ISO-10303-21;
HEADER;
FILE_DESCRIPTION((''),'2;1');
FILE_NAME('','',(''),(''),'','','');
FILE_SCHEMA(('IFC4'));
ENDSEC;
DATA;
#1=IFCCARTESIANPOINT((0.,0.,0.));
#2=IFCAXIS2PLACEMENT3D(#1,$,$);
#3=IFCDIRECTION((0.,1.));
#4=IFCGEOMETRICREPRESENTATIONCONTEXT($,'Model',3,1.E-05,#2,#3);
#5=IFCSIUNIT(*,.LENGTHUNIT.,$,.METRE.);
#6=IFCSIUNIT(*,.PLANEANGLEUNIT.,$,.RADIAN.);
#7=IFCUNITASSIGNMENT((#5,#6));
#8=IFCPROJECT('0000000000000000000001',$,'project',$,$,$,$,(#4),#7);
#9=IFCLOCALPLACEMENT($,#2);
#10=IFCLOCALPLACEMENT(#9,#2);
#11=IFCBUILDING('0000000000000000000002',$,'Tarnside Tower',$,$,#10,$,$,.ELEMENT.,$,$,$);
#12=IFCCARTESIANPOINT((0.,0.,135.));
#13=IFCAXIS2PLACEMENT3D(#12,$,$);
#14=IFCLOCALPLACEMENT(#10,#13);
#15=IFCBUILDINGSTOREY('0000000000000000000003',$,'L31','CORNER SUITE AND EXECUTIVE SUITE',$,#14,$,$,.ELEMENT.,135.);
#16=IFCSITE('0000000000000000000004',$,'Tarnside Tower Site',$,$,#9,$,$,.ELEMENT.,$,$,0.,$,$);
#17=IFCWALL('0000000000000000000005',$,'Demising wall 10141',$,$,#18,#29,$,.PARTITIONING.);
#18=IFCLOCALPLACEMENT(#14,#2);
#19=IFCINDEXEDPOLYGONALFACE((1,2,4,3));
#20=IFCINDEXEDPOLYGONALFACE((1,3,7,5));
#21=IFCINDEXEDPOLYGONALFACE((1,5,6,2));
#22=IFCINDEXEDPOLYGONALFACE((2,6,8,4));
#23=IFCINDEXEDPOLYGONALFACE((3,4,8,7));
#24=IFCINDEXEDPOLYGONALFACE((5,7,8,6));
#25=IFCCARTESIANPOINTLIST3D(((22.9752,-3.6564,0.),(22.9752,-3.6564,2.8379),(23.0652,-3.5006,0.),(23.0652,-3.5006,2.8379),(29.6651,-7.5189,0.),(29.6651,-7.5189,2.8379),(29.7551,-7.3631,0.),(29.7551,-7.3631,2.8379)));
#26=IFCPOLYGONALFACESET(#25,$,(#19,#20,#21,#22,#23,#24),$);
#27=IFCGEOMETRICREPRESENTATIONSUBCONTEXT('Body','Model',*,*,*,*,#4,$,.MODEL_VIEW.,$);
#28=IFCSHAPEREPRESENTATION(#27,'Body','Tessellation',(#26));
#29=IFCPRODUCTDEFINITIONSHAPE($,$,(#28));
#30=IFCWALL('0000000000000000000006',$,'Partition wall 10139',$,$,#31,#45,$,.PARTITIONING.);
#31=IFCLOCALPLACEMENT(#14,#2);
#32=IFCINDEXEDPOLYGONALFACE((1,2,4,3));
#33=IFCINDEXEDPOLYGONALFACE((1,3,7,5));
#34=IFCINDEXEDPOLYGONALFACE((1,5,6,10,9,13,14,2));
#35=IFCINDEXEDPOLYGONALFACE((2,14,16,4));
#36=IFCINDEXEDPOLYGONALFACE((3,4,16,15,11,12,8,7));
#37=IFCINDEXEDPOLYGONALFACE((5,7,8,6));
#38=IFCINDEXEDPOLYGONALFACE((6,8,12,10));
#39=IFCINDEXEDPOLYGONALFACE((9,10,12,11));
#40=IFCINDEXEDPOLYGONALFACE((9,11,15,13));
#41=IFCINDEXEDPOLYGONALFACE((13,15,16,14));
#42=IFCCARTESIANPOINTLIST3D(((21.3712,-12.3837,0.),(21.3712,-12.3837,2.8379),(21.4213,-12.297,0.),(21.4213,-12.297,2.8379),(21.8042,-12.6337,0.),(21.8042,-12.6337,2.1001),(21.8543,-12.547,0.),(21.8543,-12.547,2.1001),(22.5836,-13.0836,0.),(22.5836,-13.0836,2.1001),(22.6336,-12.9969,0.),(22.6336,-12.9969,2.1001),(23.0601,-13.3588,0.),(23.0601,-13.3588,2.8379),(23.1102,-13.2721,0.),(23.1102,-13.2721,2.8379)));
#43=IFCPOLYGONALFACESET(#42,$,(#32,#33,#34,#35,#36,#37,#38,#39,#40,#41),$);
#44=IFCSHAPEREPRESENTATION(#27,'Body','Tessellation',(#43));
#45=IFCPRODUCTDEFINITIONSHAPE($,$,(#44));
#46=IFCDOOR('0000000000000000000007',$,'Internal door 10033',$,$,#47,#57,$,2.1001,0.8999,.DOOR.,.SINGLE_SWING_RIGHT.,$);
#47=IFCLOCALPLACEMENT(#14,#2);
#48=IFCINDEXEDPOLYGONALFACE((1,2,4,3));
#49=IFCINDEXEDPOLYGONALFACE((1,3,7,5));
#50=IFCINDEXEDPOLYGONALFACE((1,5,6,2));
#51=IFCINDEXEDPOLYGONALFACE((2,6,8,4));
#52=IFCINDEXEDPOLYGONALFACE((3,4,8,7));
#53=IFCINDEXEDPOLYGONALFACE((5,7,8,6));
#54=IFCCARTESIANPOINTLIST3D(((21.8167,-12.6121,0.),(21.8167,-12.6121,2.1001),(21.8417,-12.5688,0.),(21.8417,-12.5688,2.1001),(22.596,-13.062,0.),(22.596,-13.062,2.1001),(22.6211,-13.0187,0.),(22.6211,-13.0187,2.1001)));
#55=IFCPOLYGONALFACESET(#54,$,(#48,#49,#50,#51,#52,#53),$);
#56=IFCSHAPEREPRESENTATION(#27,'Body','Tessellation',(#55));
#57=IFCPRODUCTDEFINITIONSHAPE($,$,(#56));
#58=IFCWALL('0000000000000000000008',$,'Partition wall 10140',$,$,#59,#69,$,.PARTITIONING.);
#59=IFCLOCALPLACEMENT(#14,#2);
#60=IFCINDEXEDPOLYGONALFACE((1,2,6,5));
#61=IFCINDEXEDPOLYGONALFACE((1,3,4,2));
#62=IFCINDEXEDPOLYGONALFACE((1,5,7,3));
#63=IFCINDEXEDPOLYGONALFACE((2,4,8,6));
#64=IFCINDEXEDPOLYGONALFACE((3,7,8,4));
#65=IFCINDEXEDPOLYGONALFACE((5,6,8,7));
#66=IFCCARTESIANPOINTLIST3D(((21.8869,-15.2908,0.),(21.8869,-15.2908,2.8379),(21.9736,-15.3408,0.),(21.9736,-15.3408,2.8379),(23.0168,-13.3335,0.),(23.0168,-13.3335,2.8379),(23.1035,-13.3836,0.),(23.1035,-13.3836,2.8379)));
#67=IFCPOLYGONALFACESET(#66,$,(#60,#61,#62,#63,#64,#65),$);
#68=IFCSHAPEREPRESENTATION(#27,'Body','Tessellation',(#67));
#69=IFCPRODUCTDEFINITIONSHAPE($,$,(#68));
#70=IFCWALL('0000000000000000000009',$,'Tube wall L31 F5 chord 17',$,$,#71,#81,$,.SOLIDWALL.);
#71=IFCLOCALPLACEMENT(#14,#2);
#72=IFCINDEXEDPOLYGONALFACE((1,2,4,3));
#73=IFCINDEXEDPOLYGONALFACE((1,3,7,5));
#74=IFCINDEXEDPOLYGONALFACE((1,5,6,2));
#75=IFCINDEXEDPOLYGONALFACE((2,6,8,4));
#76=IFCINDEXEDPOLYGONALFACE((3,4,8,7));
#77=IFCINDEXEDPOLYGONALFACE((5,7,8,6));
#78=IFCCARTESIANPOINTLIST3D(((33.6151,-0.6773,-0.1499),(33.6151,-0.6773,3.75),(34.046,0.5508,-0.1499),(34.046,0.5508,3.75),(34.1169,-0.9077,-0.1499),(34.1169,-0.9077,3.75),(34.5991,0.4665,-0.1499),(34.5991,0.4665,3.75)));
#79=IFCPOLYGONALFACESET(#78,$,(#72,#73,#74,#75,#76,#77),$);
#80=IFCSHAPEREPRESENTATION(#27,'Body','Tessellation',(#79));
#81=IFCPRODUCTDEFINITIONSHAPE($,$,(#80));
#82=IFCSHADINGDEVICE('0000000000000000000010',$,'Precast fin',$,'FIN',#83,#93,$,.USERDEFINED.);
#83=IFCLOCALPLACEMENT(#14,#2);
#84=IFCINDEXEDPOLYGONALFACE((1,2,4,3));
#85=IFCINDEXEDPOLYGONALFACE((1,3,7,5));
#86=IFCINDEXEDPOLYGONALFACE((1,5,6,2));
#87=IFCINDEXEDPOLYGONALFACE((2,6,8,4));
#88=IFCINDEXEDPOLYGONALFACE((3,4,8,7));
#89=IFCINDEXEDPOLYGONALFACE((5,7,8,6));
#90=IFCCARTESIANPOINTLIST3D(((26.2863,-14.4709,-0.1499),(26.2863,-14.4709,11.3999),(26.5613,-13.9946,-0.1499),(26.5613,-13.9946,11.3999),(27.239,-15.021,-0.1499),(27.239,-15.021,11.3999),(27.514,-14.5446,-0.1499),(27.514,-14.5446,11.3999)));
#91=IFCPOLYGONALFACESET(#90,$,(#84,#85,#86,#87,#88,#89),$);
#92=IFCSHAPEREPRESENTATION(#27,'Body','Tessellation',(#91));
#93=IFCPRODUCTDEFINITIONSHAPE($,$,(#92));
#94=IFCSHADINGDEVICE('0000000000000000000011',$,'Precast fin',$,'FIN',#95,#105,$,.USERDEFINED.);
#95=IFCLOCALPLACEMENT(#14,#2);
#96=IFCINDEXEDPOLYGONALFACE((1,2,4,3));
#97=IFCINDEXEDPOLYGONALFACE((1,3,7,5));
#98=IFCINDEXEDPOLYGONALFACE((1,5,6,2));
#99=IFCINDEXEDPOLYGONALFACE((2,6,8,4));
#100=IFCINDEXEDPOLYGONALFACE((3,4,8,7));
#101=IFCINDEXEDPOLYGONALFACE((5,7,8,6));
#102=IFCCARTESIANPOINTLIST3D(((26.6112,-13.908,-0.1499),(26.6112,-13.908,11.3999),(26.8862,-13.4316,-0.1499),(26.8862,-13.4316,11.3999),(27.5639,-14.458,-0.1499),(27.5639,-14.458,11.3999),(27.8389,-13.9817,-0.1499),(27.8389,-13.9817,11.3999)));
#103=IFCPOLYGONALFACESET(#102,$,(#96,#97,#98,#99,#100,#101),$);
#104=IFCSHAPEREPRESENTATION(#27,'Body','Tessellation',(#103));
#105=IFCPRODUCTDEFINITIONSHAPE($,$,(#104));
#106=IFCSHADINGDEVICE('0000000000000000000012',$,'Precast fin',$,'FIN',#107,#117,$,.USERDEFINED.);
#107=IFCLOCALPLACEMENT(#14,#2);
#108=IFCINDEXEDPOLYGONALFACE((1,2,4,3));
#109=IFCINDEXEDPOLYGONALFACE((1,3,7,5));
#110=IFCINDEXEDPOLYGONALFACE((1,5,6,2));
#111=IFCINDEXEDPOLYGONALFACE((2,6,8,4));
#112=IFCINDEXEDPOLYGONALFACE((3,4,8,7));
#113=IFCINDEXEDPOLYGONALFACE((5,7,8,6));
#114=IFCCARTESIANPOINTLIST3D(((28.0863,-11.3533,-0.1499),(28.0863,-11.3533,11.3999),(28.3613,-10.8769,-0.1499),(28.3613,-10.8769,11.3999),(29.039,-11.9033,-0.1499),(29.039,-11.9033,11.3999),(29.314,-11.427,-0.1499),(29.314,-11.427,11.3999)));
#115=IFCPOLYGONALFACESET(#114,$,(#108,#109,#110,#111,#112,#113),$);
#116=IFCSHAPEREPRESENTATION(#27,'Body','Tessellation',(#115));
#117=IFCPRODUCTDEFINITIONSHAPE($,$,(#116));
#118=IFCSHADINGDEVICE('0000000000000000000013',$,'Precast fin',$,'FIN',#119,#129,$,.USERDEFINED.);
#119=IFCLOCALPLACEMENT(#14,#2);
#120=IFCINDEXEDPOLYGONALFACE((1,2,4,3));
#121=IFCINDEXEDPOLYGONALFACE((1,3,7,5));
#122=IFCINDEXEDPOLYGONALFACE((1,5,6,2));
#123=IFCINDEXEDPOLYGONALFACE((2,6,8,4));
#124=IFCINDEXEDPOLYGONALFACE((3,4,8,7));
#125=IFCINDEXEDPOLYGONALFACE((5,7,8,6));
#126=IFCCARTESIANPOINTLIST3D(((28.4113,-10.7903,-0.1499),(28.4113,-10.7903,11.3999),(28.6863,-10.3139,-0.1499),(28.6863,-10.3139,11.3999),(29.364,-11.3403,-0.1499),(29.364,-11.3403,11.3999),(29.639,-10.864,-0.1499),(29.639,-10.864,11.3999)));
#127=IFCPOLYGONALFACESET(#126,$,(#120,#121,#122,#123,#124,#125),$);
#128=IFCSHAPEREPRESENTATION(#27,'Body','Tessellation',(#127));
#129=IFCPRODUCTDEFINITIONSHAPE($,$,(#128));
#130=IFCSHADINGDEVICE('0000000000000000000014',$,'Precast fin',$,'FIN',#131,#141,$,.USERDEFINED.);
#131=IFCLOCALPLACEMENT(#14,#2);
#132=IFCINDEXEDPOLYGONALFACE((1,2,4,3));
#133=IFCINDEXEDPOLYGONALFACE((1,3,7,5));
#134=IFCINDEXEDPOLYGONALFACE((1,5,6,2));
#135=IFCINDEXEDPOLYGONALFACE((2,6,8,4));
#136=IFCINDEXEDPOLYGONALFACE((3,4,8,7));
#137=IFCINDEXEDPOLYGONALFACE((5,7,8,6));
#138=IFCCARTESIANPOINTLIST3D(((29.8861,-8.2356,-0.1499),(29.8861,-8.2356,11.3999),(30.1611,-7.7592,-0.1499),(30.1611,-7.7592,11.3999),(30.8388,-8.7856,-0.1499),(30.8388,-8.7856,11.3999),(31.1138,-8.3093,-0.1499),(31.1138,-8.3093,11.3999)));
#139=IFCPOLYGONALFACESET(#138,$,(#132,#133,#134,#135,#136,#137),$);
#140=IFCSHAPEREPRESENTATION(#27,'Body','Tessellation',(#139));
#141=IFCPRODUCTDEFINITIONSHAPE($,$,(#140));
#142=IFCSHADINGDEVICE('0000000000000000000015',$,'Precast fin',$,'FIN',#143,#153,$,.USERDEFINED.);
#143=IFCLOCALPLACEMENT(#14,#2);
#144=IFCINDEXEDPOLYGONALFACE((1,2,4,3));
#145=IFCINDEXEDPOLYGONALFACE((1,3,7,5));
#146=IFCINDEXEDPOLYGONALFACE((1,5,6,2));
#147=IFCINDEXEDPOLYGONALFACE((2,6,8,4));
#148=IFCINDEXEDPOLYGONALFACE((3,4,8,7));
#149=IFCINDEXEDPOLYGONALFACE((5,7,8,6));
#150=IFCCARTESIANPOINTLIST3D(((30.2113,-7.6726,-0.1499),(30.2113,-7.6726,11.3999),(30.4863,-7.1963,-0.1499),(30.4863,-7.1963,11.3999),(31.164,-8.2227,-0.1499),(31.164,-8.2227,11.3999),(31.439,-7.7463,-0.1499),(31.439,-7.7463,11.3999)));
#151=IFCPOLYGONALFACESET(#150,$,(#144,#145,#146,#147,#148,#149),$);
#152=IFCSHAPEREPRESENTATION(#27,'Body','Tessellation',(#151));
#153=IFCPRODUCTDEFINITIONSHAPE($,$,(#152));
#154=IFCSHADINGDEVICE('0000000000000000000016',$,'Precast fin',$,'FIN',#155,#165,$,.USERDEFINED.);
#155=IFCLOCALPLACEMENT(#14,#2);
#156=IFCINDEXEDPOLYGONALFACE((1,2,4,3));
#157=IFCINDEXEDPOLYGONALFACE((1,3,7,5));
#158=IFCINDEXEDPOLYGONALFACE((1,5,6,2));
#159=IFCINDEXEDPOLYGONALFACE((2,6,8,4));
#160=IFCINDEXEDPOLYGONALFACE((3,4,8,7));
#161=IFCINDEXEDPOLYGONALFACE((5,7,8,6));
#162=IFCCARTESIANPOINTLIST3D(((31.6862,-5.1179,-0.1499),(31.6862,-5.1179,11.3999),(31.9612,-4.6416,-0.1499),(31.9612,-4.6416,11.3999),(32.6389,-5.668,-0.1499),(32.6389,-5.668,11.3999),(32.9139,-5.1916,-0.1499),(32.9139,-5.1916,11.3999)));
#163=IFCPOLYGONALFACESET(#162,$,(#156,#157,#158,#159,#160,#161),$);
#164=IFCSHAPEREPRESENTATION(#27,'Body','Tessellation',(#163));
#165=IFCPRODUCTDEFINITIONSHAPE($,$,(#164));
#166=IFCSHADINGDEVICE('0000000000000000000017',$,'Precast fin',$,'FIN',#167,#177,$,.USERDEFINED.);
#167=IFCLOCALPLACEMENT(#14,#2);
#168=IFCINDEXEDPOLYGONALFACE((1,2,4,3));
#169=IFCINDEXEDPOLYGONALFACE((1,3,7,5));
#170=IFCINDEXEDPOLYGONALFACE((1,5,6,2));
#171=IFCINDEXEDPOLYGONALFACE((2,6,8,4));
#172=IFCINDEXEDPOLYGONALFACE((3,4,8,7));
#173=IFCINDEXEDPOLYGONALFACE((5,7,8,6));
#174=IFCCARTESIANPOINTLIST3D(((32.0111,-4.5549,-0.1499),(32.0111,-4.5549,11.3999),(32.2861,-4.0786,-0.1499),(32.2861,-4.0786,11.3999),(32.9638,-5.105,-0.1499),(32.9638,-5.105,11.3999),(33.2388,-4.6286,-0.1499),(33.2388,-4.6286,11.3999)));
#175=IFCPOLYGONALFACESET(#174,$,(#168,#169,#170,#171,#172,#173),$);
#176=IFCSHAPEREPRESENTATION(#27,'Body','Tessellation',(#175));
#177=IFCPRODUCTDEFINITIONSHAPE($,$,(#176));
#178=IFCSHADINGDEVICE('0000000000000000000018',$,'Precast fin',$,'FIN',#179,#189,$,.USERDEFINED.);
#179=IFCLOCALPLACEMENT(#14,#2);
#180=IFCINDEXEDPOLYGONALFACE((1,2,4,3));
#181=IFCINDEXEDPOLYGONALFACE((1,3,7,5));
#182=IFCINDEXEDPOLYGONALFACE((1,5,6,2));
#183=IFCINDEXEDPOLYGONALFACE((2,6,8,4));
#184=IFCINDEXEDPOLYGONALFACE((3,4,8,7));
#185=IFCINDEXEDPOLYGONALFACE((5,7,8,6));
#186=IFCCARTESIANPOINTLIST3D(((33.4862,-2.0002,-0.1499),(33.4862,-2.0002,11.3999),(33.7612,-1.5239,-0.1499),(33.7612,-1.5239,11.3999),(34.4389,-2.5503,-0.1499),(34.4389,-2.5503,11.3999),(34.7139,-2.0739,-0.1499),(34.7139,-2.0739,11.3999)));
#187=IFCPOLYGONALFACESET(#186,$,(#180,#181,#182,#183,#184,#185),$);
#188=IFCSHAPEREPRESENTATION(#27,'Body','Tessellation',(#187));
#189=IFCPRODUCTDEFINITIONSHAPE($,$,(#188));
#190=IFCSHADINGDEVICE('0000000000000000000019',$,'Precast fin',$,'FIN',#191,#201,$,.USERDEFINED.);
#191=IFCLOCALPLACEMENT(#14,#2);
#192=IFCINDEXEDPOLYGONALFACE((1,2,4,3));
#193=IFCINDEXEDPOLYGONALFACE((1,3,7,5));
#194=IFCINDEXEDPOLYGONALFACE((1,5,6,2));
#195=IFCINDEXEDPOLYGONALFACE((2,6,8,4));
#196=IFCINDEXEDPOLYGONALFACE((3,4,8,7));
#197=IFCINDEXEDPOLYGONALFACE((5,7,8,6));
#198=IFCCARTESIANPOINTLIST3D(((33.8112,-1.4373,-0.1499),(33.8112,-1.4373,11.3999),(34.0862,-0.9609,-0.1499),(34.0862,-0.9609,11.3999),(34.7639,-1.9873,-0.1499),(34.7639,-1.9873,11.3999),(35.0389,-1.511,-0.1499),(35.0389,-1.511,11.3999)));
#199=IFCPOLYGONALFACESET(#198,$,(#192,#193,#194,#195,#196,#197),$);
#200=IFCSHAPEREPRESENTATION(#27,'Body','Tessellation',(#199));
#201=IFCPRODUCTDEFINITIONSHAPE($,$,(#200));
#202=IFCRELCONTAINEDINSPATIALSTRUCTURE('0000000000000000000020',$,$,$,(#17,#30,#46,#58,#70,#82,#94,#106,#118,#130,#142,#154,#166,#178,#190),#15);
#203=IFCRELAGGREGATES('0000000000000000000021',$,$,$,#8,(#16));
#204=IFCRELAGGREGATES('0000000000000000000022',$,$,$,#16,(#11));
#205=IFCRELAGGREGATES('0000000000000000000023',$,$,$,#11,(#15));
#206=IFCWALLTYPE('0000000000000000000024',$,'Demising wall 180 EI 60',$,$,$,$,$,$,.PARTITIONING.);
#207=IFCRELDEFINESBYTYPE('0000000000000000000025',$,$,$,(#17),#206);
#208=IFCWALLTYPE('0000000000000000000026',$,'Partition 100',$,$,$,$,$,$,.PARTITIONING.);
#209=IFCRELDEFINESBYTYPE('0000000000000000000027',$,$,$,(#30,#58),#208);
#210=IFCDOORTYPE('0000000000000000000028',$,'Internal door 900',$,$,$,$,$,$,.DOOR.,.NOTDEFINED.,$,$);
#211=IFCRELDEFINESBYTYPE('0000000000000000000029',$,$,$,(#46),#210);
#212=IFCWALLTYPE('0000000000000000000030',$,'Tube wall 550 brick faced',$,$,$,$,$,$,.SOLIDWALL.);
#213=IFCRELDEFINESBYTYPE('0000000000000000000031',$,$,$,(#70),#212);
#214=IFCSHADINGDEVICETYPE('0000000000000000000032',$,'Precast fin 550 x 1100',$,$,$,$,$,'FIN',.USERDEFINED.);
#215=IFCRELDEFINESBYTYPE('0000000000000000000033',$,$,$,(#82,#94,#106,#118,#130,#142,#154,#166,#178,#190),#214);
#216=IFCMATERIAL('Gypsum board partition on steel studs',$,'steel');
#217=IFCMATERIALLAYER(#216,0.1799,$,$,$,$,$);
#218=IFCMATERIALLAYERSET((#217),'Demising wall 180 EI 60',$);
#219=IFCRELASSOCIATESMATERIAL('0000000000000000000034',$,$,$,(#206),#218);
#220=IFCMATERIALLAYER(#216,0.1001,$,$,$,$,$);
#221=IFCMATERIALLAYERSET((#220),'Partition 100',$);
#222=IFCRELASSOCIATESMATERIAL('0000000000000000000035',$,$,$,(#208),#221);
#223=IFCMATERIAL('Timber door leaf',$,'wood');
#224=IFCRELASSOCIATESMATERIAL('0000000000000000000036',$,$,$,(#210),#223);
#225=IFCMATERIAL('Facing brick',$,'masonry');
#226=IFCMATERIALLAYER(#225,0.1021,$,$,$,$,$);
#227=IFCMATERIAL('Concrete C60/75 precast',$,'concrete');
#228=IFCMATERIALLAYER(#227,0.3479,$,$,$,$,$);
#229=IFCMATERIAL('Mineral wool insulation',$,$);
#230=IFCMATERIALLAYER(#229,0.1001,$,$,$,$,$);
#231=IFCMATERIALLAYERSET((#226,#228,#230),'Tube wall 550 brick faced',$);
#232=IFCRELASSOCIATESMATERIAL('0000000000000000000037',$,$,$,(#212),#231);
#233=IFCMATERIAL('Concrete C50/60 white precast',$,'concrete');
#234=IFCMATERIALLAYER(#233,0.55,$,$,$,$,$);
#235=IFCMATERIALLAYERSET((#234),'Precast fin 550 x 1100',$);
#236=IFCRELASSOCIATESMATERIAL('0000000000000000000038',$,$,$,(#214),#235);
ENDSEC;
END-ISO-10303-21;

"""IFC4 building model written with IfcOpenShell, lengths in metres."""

from ifc_helpers import new_model, si_unit, direction, frame, frame_2d, origin, place, context, subcontext, project, spatial, polyline, rectangle, outline, extrude, material, layer, layer_set, type_object, element, fill, save


model = new_model("IFC4")

# Units and contexts
model_context = context("Model", 3, precision=1e-05, world=origin(), true_north=direction((0.0, 1.0)))
body_context = subcontext(model_context, "Body", "Model", "MODEL_VIEW")
ifc_project = project(units=[si_unit("LENGTHUNIT", "METRE"), si_unit("PLANEANGLEUNIT", "RADIAN")], contexts=[model_context])

# Site, building, storey
site_placement = place(None, origin())
site = spatial("IfcSite", under=ifc_project, at=site_placement, Name="Tarnside Tower Site", CompositionType="ELEMENT", RefElevation=0.0)
building_placement = place(site_placement, origin())
building = spatial("IfcBuilding", under=site, at=building_placement, Name="Tarnside Tower", CompositionType="ELEMENT")
storey_placement = place(building_placement, frame((0.0, 0.0, 135.0)))
storey = spatial("IfcBuildingStorey", under=building, at=storey_placement, Name="L31", Description="CORNER SUITE AND EXECUTIVE SUITE", CompositionType="ELEMENT", Elevation=135.0)

# Shared definitions
ifc_material_1 = material(Name="Gypsum board partition on steel studs", Category="steel")
ifc_material_2 = material(Name="Timber door leaf", Category="wood")

# Wall
ifc_layer_1 = layer(ifc_material_1, 0.1799)
ifc_layer_set_1 = layer_set([ifc_layer_1], Name="Demising wall 180 EI 60")
wall_type_1 = type_object("IfcWallType", Name="Demising wall 180 EI 60", PredefinedType="PARTITIONING", material=ifc_layer_set_1)
wall_1_placement = place(storey_placement, frame((29.71, -7.4409, 0.0), z_axis=(0.0, 0.0, 1.0), x_axis=(-0.866019, 0.500011, 0.0)))
element("IfcWall", 1, at=wall_1_placement, inside=storey, type_object=wall_type_1, Name="Demising wall 10141", PredefinedType="PARTITIONING", context=body_context, shape_type="SweptSolid", body=[
    extrude(rectangle(XDim=7.7249, YDim=0.1799, at=frame_2d((3.8623, 0.0))), origin(), (0.0, 0.0, 1.0), 2.8379),
])

# Wall, opening, door
ifc_layer_2 = layer(ifc_material_1, 0.1001)
ifc_layer_set_2 = layer_set([ifc_layer_2], Name="Partition 100")
wall_type_2 = type_object("IfcWallType", Name="Partition 100", PredefinedType="PARTITIONING", material=ifc_layer_set_2)
wall_2_placement = place(storey_placement, frame((21.3962, -12.3403, 0.0), z_axis=(0.0, 0.0, 1.0), x_axis=(0.866031, -0.49999, 0.0)))
wall_2 = element("IfcWall", 2, at=wall_2_placement, inside=storey, type_object=wall_type_2, Name="Partition wall 10139", PredefinedType="PARTITIONING", context=body_context, shape_type="SweptSolid", body=[
    extrude(rectangle(XDim=1.9502, YDim=0.1001, at=frame_2d((0.9751, 0.0))), origin(), (0.0, 0.0, 1.0), 2.8379),
])
opening_1_placement = place(wall_2_placement, frame((0.5, 0.0, 0.0)))
opening_1 = element("IfcOpeningElement", 3, at=opening_1_placement, cuts=wall_2, PredefinedType="OPENING", context=body_context, shape_type="SweptSolid", body=[
    extrude(rectangle(XDim=0.8999, YDim=2.1001, at=frame_2d((0.45, 1.05))), frame((0.0, 0.0601, 0.0), z_axis=(0.0, -1.0, 0.0), x_axis=(1.0, 0.0, 0.0)), (0.0, 0.0, 1.0), 0.1201),
])
door_type_1 = type_object("IfcDoorType", Name="Internal door 900", OperationType="NOTDEFINED", PredefinedType="DOOR", material=ifc_material_2)
door_1_placement = place(opening_1_placement, origin())
door_1 = element("IfcDoor", 4, at=door_1_placement, inside=storey, type_object=door_type_1, Name="Internal door 10033", OperationType="SINGLE_SWING_RIGHT", OverallHeight=2.1001, OverallWidth=0.8999, PredefinedType="DOOR", context=body_context, shape_type="SweptSolid", body=[
    extrude(rectangle(XDim=0.8999, YDim=2.1001, at=frame_2d((0.45, 1.05))), frame((0.0, 0.0249, 0.0), z_axis=(0.0, -1.0, 0.0), x_axis=(1.0, 0.0, 0.0)), (0.0, 0.0, 1.0), 0.05),
])
fill(opening_1, door_1)

# Walls
wall_3_placement = place(storey_placement, frame((23.0601, -13.3586, 0.0), z_axis=(0.0, 0.0, 1.0), x_axis=(-0.49995, -0.866054, 0.0)))
element("IfcWall", 5, at=wall_3_placement, inside=storey, type_object=wall_type_2, Name="Partition wall 10140", PredefinedType="PARTITIONING", context=body_context, shape_type="SweptSolid", body=[
    extrude(rectangle(XDim=2.26, YDim=0.1001, at=frame_2d((1.1299, 0.0))), origin(), (0.0, 0.0, 1.0), 2.8379),
])
ifc_material_3 = material(Name="Facing brick", Category="masonry")
ifc_layer_3 = layer(ifc_material_3, 0.1021)
ifc_material_4 = material(Name="Concrete C60/75 precast", Category="concrete")
ifc_layer_4 = layer(ifc_material_4, 0.3479)
ifc_material_5 = material(Name="Mineral wool insulation")
ifc_layer_5 = layer(ifc_material_5, 0.1001)
ifc_layer_set_3 = layer_set([ifc_layer_3, ifc_layer_4, ifc_layer_5], Name="Tube wall 550 brick faced")
wall_type_3 = type_object("IfcWallType", Name="Tube wall 550 brick faced", PredefinedType="SOLIDWALL", material=ifc_layer_set_3)
wall_4_placement = place(storey_placement, frame((33.866, -0.7925, -0.1499), z_axis=(0.0, 0.0, 1.0), x_axis=(0.331115, 0.94359, 0.0)))
element("IfcWall", 6, at=wall_4_placement, inside=storey, type_object=wall_type_3, Name="Tube wall L31 F5 chord 17", PredefinedType="SOLIDWALL", context=body_context, shape_type="SweptSolid", body=[
    extrude(outline(polyline([(-0.0256, -0.2749), (1.4307, -0.2749), (1.3271, 0.2749), (0.0256, 0.2749), (-0.0256, -0.2749)])), origin(), (0.0, 0.0, 1.0), 3.8999),
])

# Shading devices
ifc_material_6 = material(Name="Concrete C50/60 white precast", Category="concrete")
ifc_layer_6 = layer(ifc_material_6, 0.55)
ifc_layer_set_4 = layer_set([ifc_layer_6], Name="Precast fin 550 x 1100")
shading_device_type_1 = type_object("IfcShadingDeviceType", Name="Precast fin 550 x 1100", ElementType="FIN", PredefinedType="USERDEFINED", material=ifc_layer_set_4)
for number, where, z_axis, x_axis, name in (
    (7, (26.4238, -14.2327, -0.1499), (-0.5, -0.866025, 0.0), (0.866025, -0.5, 0.0), "Precast fin"),
    (8, (26.7488, -13.6697, -0.1499), (-0.5, -0.866025, 0.0), (0.866025, -0.5, 0.0), "Precast fin"),
    (9, (28.2239, -11.115, -0.1499), (-0.5, -0.866025, 0.0), (0.866025, -0.5, 0.0), "Precast fin"),
    (10, (28.5488, -10.552, -0.1499), (-0.5, -0.866025, 0.0), (0.866025, -0.5, 0.0), "Precast fin"),
    (11, (30.0237, -7.9973, -0.1499), (-0.5, -0.866025, 0.0), (0.866025, -0.5, 0.0), "Precast fin"),
    (12, (30.3489, -7.4343, -0.1499), (-0.5, -0.866025, 0.0), (0.866025, -0.5, 0.0), "Precast fin"),
    (13, (31.8237, -4.8796, -0.1499), (-0.5, -0.866025, 0.0), (0.866025, -0.5, 0.0), "Precast fin"),
    (14, (32.1487, -4.3167, -0.1499), (-0.5, -0.866025, 0.0), (0.866025, -0.5, 0.0), "Precast fin"),
    (15, (33.6238, -1.762, -0.1499), (-0.5, -0.866025, 0.0), (0.866025, -0.5, 0.0), "Precast fin"),
    (16, (33.9487, -1.199, -0.1499), (-0.5, -0.866025, 0.0), (0.866025, -0.5, 0.0), "Precast fin"),
):
    element("IfcShadingDevice", number, at=place(storey_placement, frame(where, z_axis=z_axis, x_axis=x_axis)), inside=storey, type_object=shading_device_type_1, Name=name, ObjectType="FIN", PredefinedType="USERDEFINED", context=body_context, shape_type="SweptSolid", body=[
        extrude(outline(polyline([(0.0, 0.0), (1.1001, 0.0), (1.1001, 11.5498), (0.0, 11.5498), (0.0, 0.0)])), frame((0.0, 0.0, -0.2749)), (0.0, 0.0, 1.0), 0.55),
    ])

save(model, "model.ifc")
